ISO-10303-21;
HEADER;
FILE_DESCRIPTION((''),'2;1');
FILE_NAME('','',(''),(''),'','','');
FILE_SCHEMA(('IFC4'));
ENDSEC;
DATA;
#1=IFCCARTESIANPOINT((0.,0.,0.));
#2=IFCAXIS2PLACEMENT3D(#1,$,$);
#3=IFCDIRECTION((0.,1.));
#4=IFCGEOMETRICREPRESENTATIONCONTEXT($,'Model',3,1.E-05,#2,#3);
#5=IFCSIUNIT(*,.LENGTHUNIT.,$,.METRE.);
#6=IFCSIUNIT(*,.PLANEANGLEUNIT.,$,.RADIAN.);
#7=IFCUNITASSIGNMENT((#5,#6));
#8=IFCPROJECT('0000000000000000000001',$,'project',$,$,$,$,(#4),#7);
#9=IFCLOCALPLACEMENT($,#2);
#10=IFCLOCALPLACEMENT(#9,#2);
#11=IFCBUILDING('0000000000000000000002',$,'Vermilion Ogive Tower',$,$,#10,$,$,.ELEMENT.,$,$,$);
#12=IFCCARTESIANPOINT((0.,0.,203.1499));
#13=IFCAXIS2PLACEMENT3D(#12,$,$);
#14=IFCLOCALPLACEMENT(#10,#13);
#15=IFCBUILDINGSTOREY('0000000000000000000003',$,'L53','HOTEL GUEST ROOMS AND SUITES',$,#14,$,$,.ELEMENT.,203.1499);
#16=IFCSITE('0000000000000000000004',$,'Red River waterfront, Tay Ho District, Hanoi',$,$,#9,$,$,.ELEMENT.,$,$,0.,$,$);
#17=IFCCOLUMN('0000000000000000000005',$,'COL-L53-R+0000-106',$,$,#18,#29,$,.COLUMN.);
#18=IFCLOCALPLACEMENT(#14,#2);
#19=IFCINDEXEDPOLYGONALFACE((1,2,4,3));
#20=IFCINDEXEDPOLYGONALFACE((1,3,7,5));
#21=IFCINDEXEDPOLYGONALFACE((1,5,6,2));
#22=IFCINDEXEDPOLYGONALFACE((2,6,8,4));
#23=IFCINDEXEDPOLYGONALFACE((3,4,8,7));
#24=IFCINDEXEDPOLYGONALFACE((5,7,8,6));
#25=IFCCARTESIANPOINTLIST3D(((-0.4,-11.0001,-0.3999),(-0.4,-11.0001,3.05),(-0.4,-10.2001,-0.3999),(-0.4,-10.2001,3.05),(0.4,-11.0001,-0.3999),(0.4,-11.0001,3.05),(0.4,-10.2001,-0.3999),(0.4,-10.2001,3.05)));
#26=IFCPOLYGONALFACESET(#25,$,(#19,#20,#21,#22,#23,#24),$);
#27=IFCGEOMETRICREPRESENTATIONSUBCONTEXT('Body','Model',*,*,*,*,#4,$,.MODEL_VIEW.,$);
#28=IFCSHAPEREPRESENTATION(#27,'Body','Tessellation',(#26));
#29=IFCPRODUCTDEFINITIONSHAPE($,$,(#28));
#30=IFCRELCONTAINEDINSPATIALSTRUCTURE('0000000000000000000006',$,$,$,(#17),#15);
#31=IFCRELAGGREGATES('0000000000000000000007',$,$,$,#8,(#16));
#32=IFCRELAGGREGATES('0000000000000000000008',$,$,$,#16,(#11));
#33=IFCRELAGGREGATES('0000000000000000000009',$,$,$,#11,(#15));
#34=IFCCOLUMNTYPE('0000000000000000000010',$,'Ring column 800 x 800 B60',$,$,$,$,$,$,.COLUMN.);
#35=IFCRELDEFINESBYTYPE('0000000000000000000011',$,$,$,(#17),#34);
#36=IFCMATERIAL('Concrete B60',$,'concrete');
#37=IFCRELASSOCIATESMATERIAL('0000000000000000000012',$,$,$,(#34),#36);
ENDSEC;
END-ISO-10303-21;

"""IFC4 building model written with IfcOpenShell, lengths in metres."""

from ifc_helpers import new_model, si_unit, direction, frame, origin, origin_2d, place, context, subcontext, project, spatial, rectangle, extrude, material, material_profile, profile_set, type_object, element, save


model = new_model("IFC4")

# Units and contexts
model_context = context("Model", 3, precision=1e-05, world=origin(), true_north=direction((0.0, 1.0)))
body_context = subcontext(model_context, "Body", "Model", "MODEL_VIEW")
ifc_project = project(units=[si_unit("LENGTHUNIT", "METRE"), si_unit("PLANEANGLEUNIT", "RADIAN")], contexts=[model_context])

# Site, building, storey
site_placement = place(None, origin())
site = spatial("IfcSite", under=ifc_project, at=site_placement, Name="Red River waterfront, Tay Ho District, Hanoi", CompositionType="ELEMENT", RefElevation=0.0)
building_placement = place(site_placement, origin())
building = spatial("IfcBuilding", under=site, at=building_placement, Name="Vermilion Ogive Tower", CompositionType="ELEMENT")
storey_placement = place(building_placement, frame((0.0, 0.0, 203.1499)))
storey = spatial("IfcBuildingStorey", under=building, at=storey_placement, Name="L53", Description="HOTEL GUEST ROOMS AND SUITES", CompositionType="ELEMENT", Elevation=203.1499)

# Column
ifc_material_1 = material(Name="Concrete B60", Category="concrete")
ifc_material_profile = material_profile(ifc_material_1, rectangle(XDim=0.8, YDim=0.8, at=origin_2d()), Name="800 x 800")
ifc_profile_set = profile_set([ifc_material_profile], Name="Concrete B60")
column_type = type_object("IfcColumnType", Name="Ring column 800 x 800 B60", PredefinedType="COLUMN", material=ifc_profile_set)
column_placement = place(storey_placement, frame((0.0, -10.6001, -0.3999), z_axis=(0.0, 0.0, 1.0), x_axis=(1.0, 0.0, 0.0)))
element("IfcColumn", 1, at=column_placement, inside=storey, type_object=column_type, Name="COL-L53-R+0000-106", PredefinedType="COLUMN", context=body_context, shape_type="SweptSolid", body=[
    extrude(rectangle(XDim=0.8, YDim=0.8, at=origin_2d()), origin(), (0.0, 0.0, 1.0), 3.45),
])

save(model, "model.ifc")
